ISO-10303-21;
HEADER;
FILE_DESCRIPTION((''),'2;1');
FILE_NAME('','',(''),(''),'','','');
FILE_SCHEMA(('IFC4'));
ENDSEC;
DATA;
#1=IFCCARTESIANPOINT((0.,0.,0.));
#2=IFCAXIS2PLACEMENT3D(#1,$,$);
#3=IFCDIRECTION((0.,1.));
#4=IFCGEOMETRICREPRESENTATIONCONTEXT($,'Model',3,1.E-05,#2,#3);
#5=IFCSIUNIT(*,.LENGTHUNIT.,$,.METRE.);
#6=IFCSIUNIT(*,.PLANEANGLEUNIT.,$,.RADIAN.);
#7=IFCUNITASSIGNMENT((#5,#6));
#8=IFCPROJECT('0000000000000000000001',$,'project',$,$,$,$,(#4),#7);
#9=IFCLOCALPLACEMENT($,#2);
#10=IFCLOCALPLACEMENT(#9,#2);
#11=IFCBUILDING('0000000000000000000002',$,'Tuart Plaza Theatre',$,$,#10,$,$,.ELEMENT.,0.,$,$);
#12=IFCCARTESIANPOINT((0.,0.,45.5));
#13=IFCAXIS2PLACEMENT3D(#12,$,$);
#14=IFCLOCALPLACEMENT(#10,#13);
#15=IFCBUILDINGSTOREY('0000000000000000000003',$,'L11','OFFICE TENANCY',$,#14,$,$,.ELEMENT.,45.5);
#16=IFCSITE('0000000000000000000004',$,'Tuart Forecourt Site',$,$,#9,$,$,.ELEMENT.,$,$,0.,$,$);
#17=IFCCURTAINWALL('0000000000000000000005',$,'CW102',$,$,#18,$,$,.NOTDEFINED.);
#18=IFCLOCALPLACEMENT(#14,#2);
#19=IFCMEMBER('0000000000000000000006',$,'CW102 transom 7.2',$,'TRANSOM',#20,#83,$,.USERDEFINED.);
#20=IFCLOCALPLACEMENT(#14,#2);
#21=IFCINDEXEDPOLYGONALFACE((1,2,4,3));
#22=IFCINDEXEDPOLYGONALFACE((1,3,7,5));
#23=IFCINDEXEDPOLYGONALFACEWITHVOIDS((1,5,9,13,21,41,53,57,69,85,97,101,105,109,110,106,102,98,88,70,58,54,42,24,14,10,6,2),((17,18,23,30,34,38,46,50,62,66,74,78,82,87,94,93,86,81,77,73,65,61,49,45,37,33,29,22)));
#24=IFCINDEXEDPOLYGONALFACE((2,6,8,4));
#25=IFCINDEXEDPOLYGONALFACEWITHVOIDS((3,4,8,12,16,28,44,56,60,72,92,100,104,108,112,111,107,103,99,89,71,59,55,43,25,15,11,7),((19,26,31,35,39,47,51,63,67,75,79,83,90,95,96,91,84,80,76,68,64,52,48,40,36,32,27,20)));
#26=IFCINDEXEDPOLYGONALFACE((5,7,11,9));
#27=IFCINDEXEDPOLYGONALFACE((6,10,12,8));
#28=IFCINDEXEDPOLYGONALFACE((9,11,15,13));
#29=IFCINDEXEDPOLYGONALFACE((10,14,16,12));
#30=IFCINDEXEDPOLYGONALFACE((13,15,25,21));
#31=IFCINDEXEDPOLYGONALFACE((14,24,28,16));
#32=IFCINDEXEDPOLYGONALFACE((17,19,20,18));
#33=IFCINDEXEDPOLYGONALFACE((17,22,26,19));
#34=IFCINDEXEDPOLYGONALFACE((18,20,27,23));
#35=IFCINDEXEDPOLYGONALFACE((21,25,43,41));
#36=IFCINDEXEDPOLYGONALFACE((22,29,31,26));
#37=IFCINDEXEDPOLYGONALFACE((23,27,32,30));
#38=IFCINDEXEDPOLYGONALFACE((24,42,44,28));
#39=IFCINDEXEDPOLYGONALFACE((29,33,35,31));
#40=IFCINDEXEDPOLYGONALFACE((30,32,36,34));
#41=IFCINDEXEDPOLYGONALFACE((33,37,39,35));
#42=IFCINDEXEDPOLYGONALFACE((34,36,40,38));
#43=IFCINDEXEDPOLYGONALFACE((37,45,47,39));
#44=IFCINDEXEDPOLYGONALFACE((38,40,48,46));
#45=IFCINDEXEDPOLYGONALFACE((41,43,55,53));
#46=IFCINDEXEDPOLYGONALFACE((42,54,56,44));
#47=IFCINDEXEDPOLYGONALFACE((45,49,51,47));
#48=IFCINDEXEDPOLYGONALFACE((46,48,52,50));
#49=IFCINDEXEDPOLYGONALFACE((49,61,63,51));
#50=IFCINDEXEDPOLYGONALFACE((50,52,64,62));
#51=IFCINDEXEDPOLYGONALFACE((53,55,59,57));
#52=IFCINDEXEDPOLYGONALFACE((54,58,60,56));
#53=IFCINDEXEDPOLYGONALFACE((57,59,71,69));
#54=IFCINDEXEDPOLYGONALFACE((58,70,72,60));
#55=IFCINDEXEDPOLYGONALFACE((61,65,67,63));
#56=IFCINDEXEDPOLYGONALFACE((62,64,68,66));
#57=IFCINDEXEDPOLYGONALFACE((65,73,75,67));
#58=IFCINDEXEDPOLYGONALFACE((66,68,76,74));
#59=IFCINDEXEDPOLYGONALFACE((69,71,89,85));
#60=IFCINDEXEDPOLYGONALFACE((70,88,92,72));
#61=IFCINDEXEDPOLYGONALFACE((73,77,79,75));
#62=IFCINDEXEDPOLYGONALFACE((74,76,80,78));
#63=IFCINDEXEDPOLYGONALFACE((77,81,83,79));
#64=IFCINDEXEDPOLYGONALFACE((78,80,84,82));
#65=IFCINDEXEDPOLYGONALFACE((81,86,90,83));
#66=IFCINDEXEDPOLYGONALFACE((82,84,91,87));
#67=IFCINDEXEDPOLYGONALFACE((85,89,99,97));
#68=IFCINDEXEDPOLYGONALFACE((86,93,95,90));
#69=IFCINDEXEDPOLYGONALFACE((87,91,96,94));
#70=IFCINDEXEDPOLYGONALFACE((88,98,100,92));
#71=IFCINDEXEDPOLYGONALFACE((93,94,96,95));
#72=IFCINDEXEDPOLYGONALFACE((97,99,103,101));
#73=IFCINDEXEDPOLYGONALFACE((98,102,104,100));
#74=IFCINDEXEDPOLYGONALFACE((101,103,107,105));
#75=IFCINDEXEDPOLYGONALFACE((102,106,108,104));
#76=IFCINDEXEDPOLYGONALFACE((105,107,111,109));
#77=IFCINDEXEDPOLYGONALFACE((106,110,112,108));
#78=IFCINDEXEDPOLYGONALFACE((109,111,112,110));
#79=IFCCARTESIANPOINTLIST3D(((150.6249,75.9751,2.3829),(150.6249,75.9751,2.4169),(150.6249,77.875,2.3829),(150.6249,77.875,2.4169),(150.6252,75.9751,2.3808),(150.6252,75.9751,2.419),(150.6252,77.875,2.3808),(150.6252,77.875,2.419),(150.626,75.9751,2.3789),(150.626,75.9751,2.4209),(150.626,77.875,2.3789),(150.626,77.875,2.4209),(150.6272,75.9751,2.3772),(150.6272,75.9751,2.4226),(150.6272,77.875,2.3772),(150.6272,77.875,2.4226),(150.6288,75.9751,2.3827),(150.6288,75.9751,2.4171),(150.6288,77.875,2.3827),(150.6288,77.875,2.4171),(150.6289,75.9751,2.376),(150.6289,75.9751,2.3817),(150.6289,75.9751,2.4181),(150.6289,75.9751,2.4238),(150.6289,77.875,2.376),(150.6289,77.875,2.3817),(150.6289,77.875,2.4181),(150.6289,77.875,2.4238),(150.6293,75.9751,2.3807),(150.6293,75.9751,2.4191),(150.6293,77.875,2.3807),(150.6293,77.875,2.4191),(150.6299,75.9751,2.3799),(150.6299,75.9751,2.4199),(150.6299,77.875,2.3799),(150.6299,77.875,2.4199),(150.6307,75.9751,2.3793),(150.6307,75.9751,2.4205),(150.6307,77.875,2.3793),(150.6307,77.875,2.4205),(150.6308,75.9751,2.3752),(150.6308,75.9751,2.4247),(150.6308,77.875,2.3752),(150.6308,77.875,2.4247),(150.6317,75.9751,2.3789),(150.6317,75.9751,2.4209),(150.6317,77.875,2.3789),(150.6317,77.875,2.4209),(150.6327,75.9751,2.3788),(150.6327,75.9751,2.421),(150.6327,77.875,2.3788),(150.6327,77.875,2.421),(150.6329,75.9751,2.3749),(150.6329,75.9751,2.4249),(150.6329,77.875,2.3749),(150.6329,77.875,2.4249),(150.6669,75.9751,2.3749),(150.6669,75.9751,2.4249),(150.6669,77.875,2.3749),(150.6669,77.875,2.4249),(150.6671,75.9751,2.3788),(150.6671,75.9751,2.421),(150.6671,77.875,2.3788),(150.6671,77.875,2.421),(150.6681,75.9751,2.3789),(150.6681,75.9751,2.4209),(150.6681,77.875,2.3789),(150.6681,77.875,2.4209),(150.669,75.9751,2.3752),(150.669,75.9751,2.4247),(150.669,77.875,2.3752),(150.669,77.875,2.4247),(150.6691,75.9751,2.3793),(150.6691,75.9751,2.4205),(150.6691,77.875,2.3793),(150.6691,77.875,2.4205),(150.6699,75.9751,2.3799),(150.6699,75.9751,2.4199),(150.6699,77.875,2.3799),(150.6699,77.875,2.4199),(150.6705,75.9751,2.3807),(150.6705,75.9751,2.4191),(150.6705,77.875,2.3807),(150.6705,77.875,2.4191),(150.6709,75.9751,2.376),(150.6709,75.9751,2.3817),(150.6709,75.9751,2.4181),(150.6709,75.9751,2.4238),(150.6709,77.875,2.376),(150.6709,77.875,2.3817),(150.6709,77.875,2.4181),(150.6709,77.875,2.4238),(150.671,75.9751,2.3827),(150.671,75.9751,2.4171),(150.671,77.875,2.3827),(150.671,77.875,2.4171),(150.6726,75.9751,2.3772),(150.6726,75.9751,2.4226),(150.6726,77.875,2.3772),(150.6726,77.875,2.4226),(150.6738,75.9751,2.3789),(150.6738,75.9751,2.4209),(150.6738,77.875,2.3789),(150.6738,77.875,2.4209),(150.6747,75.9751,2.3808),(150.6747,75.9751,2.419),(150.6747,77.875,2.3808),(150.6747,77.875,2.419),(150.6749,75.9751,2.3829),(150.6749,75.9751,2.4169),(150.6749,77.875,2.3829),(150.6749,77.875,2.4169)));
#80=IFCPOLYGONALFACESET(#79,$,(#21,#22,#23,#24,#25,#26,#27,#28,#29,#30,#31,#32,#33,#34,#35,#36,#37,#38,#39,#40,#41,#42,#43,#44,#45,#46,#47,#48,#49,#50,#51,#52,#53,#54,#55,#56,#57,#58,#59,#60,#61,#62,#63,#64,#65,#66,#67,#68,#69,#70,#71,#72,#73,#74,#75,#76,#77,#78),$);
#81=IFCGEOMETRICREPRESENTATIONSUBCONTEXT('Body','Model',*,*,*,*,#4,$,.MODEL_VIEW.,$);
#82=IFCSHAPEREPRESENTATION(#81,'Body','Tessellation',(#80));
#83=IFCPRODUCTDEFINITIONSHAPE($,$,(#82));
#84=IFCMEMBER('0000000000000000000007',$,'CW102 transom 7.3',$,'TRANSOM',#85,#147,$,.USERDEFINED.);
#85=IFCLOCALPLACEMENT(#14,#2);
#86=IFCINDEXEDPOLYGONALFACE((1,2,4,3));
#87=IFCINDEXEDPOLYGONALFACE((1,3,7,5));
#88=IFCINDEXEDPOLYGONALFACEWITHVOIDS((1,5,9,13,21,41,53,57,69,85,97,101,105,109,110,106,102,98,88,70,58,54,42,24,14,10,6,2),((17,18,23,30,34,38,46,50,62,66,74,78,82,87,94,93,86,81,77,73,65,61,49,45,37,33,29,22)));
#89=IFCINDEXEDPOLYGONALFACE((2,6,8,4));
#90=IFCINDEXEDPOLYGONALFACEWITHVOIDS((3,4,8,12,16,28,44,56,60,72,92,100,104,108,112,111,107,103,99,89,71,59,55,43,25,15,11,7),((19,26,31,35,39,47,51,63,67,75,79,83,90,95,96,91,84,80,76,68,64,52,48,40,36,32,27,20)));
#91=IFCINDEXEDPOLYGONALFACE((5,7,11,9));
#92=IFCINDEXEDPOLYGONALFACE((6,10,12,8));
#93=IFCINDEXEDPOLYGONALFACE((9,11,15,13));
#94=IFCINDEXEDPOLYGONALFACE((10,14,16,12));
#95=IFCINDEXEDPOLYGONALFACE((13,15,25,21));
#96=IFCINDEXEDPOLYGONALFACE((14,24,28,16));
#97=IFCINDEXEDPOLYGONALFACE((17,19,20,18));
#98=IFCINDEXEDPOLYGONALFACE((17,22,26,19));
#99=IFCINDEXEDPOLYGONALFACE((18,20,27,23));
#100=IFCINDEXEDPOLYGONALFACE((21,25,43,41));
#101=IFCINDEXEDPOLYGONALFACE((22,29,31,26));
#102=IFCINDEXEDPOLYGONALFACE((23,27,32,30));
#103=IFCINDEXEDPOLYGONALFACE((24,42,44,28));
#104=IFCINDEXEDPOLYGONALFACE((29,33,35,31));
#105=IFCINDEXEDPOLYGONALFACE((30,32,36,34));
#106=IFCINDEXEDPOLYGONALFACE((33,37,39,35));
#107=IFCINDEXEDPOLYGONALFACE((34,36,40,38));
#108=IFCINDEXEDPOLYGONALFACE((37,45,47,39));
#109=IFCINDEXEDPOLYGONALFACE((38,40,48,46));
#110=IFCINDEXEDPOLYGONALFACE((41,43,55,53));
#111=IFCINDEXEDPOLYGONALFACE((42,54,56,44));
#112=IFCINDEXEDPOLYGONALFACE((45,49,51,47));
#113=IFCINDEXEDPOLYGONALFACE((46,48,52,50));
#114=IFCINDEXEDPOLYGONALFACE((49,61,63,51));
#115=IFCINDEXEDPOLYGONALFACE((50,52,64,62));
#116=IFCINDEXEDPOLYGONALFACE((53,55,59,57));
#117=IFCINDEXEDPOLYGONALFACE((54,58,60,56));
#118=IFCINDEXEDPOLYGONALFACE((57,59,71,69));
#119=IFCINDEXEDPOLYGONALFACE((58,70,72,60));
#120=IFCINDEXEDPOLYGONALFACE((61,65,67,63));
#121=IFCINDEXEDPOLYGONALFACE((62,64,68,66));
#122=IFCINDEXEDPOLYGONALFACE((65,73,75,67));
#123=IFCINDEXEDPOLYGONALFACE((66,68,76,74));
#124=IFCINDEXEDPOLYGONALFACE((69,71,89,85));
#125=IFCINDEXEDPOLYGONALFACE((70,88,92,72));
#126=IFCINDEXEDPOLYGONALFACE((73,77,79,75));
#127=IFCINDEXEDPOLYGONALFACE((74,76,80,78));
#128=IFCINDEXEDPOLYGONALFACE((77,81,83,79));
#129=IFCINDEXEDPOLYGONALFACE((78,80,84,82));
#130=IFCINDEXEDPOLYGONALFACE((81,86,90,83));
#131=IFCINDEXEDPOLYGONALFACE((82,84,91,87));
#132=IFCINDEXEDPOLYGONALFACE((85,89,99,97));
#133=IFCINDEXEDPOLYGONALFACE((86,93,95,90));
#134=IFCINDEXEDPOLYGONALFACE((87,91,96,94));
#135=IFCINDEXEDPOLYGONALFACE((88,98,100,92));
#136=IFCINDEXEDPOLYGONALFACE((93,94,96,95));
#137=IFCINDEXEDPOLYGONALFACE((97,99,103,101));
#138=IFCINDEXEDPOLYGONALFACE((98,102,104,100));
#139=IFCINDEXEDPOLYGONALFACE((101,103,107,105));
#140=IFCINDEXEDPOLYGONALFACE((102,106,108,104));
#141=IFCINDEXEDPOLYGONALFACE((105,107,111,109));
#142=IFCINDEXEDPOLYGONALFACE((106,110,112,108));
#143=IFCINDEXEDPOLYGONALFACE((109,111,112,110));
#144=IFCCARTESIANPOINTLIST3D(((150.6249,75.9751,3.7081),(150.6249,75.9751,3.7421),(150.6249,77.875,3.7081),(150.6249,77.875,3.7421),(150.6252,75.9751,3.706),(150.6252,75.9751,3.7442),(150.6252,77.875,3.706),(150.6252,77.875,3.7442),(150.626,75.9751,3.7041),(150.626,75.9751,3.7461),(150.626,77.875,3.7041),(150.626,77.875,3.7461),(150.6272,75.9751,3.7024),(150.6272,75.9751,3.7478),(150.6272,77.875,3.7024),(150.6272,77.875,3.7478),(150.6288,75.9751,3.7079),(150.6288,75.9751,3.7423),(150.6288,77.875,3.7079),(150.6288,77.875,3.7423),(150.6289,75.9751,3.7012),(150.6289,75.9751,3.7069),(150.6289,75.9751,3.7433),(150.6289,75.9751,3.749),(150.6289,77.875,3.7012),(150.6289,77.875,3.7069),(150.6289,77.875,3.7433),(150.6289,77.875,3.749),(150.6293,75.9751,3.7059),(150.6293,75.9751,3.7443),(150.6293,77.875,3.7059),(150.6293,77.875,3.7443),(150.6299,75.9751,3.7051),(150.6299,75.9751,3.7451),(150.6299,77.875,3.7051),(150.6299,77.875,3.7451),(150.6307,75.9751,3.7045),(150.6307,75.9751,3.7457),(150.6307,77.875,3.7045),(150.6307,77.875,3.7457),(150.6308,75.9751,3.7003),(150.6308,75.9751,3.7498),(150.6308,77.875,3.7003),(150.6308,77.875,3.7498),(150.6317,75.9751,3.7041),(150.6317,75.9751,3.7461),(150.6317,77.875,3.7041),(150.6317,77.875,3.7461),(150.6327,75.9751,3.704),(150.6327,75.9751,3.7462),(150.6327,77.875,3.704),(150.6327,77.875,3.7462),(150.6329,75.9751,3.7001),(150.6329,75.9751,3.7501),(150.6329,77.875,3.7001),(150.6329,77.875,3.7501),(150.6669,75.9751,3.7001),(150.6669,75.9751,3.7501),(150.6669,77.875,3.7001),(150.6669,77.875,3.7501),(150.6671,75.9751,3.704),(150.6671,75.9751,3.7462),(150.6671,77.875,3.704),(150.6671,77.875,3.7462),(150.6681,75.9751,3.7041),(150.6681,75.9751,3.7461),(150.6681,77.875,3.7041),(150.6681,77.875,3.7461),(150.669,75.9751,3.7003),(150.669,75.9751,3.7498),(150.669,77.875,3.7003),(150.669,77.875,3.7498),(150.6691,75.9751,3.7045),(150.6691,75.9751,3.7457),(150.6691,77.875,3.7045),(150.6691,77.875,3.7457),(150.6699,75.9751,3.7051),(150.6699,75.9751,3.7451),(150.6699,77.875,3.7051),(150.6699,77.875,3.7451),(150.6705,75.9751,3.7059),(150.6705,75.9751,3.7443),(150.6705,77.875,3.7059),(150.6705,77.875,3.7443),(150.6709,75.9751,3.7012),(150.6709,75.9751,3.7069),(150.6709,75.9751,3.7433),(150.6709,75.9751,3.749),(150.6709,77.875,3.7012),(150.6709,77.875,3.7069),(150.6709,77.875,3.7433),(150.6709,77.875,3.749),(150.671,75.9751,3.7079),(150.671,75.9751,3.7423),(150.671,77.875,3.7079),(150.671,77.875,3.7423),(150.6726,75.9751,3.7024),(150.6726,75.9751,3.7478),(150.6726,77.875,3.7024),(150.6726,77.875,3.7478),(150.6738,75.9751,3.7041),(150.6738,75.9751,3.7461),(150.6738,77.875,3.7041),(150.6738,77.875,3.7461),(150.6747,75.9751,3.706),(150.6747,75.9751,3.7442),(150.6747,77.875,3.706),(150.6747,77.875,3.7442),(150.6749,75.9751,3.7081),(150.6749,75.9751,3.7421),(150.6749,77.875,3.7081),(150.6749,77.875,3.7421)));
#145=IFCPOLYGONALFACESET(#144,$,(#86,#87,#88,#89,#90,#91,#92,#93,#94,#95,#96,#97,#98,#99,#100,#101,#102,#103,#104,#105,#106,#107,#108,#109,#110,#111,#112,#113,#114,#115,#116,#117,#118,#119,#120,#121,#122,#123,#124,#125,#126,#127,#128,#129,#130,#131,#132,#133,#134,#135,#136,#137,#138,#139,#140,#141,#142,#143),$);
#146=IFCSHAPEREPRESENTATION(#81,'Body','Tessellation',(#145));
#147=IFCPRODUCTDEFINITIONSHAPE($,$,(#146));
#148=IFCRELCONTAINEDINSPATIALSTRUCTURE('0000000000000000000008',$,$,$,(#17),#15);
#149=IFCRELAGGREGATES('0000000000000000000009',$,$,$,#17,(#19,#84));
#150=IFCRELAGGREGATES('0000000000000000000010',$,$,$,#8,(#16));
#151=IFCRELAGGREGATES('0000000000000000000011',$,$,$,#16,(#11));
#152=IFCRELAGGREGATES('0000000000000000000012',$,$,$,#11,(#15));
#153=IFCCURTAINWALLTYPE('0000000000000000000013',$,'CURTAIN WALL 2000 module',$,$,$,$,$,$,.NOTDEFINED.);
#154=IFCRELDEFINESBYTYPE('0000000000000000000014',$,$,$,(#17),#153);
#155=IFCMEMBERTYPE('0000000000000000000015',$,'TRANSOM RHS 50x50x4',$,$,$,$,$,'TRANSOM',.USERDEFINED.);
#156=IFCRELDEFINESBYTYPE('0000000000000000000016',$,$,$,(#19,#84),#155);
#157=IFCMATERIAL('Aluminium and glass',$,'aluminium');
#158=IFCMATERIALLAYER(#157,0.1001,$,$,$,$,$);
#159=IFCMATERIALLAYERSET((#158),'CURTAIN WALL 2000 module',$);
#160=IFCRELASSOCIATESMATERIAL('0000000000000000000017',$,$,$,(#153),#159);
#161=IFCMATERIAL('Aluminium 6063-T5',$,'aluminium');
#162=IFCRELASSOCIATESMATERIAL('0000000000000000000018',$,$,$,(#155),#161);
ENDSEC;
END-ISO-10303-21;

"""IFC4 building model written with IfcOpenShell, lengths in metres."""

from ifc_helpers import new_model, si_unit, direction, frame, origin, origin_2d, place, context, subcontext, project, spatial, hollow_rectangle, extrude, material, layer, layer_set, material_profile, profile_set, type_object, element, aggregate, save


model = new_model("IFC4")

# Units and contexts
model_context = context("Model", 3, precision=1e-05, world=origin(), true_north=direction((0.0, 1.0)))
body_context = subcontext(model_context, "Body", "Model", "MODEL_VIEW")
ifc_project = project(units=[si_unit("LENGTHUNIT", "METRE"), si_unit("PLANEANGLEUNIT", "RADIAN")], contexts=[model_context])

# Site, building, storey
site_placement = place(None, origin())
site = spatial("IfcSite", under=ifc_project, at=site_placement, Name="Tuart Forecourt Site", CompositionType="ELEMENT", RefElevation=0.0)
building_placement = place(site_placement, origin())
building = spatial("IfcBuilding", under=site, at=building_placement, Name="Tuart Plaza Theatre", CompositionType="ELEMENT", ElevationOfRefHeight=0.0)
storey_placement = place(building_placement, frame((0.0, 0.0, 45.5)))
storey = spatial("IfcBuildingStorey", under=building, at=storey_placement, Name="L11", Description="OFFICE TENANCY", CompositionType="ELEMENT", Elevation=45.5)

# Curtain wall, members
ifc_material_1 = material(Name="Aluminium and glass", Category="aluminium")
ifc_layer_1 = layer(ifc_material_1, 0.1001)
ifc_layer_set_1 = layer_set([ifc_layer_1], Name="CURTAIN WALL 2000 module")
curtain_wall_type = type_object("IfcCurtainWallType", Name="CURTAIN WALL 2000 module", PredefinedType="NOTDEFINED", material=ifc_layer_set_1)
curtain_wall_placement = place(storey_placement, origin())
curtain_wall = element("IfcCurtainWall", 1, at=curtain_wall_placement, inside=storey, type_object=curtain_wall_type, Name="CW102", PredefinedType="NOTDEFINED")
ifc_material_2 = material(Name="Aluminium 6063-T5", Category="aluminium")
ifc_material_profile_1 = material_profile(ifc_material_2, hollow_rectangle(XDim=0.05, YDim=0.05, WallThickness=0.0039, InnerFilletRadius=0.0039, OuterFilletRadius=0.0081, at=origin_2d()), Name="RHS 50x50x4")
ifc_profile_set_1 = profile_set([ifc_material_profile_1], Name="Aluminium 6063-T5")
member_type_1 = type_object("IfcMemberType", Name="TRANSOM RHS 50x50x4", ElementType="TRANSOM", PredefinedType="USERDEFINED", material=ifc_profile_set_1)
member_1_placement = place(storey_placement, frame((150.6499, 75.9751, 2.3999), z_axis=(0.0, 1.0, 0.0), x_axis=(-1.0, 0.0, 0.0)))
member_1 = element("IfcMember", 2, at=member_1_placement, type_object=member_type_1, Name="CW102 transom 7.2", ObjectType="TRANSOM", PredefinedType="USERDEFINED", context=body_context, shape_type="SweptSolid", body=[
    extrude(hollow_rectangle(XDim=0.05, YDim=0.05, WallThickness=0.0039, InnerFilletRadius=0.0039, OuterFilletRadius=0.0081, at=origin_2d()), origin(), (0.0, 0.0, 1.0), 1.8999),
])
member_2_placement = place(storey_placement, frame((150.6499, 75.9751, 3.7251), z_axis=(0.0, 1.0, 0.0), x_axis=(-1.0, 0.0, 0.0)))
member_2 = element("IfcMember", 3, at=member_2_placement, type_object=member_type_1, Name="CW102 transom 7.3", ObjectType="TRANSOM", PredefinedType="USERDEFINED", context=body_context, shape_type="SweptSolid", body=[
    extrude(hollow_rectangle(XDim=0.05, YDim=0.05, WallThickness=0.0039, InnerFilletRadius=0.0039, OuterFilletRadius=0.0081, at=origin_2d()), origin(), (0.0, 0.0, 1.0), 1.8999),
])
aggregate(curtain_wall, [member_1, member_2])

save(model, "model.ifc")
